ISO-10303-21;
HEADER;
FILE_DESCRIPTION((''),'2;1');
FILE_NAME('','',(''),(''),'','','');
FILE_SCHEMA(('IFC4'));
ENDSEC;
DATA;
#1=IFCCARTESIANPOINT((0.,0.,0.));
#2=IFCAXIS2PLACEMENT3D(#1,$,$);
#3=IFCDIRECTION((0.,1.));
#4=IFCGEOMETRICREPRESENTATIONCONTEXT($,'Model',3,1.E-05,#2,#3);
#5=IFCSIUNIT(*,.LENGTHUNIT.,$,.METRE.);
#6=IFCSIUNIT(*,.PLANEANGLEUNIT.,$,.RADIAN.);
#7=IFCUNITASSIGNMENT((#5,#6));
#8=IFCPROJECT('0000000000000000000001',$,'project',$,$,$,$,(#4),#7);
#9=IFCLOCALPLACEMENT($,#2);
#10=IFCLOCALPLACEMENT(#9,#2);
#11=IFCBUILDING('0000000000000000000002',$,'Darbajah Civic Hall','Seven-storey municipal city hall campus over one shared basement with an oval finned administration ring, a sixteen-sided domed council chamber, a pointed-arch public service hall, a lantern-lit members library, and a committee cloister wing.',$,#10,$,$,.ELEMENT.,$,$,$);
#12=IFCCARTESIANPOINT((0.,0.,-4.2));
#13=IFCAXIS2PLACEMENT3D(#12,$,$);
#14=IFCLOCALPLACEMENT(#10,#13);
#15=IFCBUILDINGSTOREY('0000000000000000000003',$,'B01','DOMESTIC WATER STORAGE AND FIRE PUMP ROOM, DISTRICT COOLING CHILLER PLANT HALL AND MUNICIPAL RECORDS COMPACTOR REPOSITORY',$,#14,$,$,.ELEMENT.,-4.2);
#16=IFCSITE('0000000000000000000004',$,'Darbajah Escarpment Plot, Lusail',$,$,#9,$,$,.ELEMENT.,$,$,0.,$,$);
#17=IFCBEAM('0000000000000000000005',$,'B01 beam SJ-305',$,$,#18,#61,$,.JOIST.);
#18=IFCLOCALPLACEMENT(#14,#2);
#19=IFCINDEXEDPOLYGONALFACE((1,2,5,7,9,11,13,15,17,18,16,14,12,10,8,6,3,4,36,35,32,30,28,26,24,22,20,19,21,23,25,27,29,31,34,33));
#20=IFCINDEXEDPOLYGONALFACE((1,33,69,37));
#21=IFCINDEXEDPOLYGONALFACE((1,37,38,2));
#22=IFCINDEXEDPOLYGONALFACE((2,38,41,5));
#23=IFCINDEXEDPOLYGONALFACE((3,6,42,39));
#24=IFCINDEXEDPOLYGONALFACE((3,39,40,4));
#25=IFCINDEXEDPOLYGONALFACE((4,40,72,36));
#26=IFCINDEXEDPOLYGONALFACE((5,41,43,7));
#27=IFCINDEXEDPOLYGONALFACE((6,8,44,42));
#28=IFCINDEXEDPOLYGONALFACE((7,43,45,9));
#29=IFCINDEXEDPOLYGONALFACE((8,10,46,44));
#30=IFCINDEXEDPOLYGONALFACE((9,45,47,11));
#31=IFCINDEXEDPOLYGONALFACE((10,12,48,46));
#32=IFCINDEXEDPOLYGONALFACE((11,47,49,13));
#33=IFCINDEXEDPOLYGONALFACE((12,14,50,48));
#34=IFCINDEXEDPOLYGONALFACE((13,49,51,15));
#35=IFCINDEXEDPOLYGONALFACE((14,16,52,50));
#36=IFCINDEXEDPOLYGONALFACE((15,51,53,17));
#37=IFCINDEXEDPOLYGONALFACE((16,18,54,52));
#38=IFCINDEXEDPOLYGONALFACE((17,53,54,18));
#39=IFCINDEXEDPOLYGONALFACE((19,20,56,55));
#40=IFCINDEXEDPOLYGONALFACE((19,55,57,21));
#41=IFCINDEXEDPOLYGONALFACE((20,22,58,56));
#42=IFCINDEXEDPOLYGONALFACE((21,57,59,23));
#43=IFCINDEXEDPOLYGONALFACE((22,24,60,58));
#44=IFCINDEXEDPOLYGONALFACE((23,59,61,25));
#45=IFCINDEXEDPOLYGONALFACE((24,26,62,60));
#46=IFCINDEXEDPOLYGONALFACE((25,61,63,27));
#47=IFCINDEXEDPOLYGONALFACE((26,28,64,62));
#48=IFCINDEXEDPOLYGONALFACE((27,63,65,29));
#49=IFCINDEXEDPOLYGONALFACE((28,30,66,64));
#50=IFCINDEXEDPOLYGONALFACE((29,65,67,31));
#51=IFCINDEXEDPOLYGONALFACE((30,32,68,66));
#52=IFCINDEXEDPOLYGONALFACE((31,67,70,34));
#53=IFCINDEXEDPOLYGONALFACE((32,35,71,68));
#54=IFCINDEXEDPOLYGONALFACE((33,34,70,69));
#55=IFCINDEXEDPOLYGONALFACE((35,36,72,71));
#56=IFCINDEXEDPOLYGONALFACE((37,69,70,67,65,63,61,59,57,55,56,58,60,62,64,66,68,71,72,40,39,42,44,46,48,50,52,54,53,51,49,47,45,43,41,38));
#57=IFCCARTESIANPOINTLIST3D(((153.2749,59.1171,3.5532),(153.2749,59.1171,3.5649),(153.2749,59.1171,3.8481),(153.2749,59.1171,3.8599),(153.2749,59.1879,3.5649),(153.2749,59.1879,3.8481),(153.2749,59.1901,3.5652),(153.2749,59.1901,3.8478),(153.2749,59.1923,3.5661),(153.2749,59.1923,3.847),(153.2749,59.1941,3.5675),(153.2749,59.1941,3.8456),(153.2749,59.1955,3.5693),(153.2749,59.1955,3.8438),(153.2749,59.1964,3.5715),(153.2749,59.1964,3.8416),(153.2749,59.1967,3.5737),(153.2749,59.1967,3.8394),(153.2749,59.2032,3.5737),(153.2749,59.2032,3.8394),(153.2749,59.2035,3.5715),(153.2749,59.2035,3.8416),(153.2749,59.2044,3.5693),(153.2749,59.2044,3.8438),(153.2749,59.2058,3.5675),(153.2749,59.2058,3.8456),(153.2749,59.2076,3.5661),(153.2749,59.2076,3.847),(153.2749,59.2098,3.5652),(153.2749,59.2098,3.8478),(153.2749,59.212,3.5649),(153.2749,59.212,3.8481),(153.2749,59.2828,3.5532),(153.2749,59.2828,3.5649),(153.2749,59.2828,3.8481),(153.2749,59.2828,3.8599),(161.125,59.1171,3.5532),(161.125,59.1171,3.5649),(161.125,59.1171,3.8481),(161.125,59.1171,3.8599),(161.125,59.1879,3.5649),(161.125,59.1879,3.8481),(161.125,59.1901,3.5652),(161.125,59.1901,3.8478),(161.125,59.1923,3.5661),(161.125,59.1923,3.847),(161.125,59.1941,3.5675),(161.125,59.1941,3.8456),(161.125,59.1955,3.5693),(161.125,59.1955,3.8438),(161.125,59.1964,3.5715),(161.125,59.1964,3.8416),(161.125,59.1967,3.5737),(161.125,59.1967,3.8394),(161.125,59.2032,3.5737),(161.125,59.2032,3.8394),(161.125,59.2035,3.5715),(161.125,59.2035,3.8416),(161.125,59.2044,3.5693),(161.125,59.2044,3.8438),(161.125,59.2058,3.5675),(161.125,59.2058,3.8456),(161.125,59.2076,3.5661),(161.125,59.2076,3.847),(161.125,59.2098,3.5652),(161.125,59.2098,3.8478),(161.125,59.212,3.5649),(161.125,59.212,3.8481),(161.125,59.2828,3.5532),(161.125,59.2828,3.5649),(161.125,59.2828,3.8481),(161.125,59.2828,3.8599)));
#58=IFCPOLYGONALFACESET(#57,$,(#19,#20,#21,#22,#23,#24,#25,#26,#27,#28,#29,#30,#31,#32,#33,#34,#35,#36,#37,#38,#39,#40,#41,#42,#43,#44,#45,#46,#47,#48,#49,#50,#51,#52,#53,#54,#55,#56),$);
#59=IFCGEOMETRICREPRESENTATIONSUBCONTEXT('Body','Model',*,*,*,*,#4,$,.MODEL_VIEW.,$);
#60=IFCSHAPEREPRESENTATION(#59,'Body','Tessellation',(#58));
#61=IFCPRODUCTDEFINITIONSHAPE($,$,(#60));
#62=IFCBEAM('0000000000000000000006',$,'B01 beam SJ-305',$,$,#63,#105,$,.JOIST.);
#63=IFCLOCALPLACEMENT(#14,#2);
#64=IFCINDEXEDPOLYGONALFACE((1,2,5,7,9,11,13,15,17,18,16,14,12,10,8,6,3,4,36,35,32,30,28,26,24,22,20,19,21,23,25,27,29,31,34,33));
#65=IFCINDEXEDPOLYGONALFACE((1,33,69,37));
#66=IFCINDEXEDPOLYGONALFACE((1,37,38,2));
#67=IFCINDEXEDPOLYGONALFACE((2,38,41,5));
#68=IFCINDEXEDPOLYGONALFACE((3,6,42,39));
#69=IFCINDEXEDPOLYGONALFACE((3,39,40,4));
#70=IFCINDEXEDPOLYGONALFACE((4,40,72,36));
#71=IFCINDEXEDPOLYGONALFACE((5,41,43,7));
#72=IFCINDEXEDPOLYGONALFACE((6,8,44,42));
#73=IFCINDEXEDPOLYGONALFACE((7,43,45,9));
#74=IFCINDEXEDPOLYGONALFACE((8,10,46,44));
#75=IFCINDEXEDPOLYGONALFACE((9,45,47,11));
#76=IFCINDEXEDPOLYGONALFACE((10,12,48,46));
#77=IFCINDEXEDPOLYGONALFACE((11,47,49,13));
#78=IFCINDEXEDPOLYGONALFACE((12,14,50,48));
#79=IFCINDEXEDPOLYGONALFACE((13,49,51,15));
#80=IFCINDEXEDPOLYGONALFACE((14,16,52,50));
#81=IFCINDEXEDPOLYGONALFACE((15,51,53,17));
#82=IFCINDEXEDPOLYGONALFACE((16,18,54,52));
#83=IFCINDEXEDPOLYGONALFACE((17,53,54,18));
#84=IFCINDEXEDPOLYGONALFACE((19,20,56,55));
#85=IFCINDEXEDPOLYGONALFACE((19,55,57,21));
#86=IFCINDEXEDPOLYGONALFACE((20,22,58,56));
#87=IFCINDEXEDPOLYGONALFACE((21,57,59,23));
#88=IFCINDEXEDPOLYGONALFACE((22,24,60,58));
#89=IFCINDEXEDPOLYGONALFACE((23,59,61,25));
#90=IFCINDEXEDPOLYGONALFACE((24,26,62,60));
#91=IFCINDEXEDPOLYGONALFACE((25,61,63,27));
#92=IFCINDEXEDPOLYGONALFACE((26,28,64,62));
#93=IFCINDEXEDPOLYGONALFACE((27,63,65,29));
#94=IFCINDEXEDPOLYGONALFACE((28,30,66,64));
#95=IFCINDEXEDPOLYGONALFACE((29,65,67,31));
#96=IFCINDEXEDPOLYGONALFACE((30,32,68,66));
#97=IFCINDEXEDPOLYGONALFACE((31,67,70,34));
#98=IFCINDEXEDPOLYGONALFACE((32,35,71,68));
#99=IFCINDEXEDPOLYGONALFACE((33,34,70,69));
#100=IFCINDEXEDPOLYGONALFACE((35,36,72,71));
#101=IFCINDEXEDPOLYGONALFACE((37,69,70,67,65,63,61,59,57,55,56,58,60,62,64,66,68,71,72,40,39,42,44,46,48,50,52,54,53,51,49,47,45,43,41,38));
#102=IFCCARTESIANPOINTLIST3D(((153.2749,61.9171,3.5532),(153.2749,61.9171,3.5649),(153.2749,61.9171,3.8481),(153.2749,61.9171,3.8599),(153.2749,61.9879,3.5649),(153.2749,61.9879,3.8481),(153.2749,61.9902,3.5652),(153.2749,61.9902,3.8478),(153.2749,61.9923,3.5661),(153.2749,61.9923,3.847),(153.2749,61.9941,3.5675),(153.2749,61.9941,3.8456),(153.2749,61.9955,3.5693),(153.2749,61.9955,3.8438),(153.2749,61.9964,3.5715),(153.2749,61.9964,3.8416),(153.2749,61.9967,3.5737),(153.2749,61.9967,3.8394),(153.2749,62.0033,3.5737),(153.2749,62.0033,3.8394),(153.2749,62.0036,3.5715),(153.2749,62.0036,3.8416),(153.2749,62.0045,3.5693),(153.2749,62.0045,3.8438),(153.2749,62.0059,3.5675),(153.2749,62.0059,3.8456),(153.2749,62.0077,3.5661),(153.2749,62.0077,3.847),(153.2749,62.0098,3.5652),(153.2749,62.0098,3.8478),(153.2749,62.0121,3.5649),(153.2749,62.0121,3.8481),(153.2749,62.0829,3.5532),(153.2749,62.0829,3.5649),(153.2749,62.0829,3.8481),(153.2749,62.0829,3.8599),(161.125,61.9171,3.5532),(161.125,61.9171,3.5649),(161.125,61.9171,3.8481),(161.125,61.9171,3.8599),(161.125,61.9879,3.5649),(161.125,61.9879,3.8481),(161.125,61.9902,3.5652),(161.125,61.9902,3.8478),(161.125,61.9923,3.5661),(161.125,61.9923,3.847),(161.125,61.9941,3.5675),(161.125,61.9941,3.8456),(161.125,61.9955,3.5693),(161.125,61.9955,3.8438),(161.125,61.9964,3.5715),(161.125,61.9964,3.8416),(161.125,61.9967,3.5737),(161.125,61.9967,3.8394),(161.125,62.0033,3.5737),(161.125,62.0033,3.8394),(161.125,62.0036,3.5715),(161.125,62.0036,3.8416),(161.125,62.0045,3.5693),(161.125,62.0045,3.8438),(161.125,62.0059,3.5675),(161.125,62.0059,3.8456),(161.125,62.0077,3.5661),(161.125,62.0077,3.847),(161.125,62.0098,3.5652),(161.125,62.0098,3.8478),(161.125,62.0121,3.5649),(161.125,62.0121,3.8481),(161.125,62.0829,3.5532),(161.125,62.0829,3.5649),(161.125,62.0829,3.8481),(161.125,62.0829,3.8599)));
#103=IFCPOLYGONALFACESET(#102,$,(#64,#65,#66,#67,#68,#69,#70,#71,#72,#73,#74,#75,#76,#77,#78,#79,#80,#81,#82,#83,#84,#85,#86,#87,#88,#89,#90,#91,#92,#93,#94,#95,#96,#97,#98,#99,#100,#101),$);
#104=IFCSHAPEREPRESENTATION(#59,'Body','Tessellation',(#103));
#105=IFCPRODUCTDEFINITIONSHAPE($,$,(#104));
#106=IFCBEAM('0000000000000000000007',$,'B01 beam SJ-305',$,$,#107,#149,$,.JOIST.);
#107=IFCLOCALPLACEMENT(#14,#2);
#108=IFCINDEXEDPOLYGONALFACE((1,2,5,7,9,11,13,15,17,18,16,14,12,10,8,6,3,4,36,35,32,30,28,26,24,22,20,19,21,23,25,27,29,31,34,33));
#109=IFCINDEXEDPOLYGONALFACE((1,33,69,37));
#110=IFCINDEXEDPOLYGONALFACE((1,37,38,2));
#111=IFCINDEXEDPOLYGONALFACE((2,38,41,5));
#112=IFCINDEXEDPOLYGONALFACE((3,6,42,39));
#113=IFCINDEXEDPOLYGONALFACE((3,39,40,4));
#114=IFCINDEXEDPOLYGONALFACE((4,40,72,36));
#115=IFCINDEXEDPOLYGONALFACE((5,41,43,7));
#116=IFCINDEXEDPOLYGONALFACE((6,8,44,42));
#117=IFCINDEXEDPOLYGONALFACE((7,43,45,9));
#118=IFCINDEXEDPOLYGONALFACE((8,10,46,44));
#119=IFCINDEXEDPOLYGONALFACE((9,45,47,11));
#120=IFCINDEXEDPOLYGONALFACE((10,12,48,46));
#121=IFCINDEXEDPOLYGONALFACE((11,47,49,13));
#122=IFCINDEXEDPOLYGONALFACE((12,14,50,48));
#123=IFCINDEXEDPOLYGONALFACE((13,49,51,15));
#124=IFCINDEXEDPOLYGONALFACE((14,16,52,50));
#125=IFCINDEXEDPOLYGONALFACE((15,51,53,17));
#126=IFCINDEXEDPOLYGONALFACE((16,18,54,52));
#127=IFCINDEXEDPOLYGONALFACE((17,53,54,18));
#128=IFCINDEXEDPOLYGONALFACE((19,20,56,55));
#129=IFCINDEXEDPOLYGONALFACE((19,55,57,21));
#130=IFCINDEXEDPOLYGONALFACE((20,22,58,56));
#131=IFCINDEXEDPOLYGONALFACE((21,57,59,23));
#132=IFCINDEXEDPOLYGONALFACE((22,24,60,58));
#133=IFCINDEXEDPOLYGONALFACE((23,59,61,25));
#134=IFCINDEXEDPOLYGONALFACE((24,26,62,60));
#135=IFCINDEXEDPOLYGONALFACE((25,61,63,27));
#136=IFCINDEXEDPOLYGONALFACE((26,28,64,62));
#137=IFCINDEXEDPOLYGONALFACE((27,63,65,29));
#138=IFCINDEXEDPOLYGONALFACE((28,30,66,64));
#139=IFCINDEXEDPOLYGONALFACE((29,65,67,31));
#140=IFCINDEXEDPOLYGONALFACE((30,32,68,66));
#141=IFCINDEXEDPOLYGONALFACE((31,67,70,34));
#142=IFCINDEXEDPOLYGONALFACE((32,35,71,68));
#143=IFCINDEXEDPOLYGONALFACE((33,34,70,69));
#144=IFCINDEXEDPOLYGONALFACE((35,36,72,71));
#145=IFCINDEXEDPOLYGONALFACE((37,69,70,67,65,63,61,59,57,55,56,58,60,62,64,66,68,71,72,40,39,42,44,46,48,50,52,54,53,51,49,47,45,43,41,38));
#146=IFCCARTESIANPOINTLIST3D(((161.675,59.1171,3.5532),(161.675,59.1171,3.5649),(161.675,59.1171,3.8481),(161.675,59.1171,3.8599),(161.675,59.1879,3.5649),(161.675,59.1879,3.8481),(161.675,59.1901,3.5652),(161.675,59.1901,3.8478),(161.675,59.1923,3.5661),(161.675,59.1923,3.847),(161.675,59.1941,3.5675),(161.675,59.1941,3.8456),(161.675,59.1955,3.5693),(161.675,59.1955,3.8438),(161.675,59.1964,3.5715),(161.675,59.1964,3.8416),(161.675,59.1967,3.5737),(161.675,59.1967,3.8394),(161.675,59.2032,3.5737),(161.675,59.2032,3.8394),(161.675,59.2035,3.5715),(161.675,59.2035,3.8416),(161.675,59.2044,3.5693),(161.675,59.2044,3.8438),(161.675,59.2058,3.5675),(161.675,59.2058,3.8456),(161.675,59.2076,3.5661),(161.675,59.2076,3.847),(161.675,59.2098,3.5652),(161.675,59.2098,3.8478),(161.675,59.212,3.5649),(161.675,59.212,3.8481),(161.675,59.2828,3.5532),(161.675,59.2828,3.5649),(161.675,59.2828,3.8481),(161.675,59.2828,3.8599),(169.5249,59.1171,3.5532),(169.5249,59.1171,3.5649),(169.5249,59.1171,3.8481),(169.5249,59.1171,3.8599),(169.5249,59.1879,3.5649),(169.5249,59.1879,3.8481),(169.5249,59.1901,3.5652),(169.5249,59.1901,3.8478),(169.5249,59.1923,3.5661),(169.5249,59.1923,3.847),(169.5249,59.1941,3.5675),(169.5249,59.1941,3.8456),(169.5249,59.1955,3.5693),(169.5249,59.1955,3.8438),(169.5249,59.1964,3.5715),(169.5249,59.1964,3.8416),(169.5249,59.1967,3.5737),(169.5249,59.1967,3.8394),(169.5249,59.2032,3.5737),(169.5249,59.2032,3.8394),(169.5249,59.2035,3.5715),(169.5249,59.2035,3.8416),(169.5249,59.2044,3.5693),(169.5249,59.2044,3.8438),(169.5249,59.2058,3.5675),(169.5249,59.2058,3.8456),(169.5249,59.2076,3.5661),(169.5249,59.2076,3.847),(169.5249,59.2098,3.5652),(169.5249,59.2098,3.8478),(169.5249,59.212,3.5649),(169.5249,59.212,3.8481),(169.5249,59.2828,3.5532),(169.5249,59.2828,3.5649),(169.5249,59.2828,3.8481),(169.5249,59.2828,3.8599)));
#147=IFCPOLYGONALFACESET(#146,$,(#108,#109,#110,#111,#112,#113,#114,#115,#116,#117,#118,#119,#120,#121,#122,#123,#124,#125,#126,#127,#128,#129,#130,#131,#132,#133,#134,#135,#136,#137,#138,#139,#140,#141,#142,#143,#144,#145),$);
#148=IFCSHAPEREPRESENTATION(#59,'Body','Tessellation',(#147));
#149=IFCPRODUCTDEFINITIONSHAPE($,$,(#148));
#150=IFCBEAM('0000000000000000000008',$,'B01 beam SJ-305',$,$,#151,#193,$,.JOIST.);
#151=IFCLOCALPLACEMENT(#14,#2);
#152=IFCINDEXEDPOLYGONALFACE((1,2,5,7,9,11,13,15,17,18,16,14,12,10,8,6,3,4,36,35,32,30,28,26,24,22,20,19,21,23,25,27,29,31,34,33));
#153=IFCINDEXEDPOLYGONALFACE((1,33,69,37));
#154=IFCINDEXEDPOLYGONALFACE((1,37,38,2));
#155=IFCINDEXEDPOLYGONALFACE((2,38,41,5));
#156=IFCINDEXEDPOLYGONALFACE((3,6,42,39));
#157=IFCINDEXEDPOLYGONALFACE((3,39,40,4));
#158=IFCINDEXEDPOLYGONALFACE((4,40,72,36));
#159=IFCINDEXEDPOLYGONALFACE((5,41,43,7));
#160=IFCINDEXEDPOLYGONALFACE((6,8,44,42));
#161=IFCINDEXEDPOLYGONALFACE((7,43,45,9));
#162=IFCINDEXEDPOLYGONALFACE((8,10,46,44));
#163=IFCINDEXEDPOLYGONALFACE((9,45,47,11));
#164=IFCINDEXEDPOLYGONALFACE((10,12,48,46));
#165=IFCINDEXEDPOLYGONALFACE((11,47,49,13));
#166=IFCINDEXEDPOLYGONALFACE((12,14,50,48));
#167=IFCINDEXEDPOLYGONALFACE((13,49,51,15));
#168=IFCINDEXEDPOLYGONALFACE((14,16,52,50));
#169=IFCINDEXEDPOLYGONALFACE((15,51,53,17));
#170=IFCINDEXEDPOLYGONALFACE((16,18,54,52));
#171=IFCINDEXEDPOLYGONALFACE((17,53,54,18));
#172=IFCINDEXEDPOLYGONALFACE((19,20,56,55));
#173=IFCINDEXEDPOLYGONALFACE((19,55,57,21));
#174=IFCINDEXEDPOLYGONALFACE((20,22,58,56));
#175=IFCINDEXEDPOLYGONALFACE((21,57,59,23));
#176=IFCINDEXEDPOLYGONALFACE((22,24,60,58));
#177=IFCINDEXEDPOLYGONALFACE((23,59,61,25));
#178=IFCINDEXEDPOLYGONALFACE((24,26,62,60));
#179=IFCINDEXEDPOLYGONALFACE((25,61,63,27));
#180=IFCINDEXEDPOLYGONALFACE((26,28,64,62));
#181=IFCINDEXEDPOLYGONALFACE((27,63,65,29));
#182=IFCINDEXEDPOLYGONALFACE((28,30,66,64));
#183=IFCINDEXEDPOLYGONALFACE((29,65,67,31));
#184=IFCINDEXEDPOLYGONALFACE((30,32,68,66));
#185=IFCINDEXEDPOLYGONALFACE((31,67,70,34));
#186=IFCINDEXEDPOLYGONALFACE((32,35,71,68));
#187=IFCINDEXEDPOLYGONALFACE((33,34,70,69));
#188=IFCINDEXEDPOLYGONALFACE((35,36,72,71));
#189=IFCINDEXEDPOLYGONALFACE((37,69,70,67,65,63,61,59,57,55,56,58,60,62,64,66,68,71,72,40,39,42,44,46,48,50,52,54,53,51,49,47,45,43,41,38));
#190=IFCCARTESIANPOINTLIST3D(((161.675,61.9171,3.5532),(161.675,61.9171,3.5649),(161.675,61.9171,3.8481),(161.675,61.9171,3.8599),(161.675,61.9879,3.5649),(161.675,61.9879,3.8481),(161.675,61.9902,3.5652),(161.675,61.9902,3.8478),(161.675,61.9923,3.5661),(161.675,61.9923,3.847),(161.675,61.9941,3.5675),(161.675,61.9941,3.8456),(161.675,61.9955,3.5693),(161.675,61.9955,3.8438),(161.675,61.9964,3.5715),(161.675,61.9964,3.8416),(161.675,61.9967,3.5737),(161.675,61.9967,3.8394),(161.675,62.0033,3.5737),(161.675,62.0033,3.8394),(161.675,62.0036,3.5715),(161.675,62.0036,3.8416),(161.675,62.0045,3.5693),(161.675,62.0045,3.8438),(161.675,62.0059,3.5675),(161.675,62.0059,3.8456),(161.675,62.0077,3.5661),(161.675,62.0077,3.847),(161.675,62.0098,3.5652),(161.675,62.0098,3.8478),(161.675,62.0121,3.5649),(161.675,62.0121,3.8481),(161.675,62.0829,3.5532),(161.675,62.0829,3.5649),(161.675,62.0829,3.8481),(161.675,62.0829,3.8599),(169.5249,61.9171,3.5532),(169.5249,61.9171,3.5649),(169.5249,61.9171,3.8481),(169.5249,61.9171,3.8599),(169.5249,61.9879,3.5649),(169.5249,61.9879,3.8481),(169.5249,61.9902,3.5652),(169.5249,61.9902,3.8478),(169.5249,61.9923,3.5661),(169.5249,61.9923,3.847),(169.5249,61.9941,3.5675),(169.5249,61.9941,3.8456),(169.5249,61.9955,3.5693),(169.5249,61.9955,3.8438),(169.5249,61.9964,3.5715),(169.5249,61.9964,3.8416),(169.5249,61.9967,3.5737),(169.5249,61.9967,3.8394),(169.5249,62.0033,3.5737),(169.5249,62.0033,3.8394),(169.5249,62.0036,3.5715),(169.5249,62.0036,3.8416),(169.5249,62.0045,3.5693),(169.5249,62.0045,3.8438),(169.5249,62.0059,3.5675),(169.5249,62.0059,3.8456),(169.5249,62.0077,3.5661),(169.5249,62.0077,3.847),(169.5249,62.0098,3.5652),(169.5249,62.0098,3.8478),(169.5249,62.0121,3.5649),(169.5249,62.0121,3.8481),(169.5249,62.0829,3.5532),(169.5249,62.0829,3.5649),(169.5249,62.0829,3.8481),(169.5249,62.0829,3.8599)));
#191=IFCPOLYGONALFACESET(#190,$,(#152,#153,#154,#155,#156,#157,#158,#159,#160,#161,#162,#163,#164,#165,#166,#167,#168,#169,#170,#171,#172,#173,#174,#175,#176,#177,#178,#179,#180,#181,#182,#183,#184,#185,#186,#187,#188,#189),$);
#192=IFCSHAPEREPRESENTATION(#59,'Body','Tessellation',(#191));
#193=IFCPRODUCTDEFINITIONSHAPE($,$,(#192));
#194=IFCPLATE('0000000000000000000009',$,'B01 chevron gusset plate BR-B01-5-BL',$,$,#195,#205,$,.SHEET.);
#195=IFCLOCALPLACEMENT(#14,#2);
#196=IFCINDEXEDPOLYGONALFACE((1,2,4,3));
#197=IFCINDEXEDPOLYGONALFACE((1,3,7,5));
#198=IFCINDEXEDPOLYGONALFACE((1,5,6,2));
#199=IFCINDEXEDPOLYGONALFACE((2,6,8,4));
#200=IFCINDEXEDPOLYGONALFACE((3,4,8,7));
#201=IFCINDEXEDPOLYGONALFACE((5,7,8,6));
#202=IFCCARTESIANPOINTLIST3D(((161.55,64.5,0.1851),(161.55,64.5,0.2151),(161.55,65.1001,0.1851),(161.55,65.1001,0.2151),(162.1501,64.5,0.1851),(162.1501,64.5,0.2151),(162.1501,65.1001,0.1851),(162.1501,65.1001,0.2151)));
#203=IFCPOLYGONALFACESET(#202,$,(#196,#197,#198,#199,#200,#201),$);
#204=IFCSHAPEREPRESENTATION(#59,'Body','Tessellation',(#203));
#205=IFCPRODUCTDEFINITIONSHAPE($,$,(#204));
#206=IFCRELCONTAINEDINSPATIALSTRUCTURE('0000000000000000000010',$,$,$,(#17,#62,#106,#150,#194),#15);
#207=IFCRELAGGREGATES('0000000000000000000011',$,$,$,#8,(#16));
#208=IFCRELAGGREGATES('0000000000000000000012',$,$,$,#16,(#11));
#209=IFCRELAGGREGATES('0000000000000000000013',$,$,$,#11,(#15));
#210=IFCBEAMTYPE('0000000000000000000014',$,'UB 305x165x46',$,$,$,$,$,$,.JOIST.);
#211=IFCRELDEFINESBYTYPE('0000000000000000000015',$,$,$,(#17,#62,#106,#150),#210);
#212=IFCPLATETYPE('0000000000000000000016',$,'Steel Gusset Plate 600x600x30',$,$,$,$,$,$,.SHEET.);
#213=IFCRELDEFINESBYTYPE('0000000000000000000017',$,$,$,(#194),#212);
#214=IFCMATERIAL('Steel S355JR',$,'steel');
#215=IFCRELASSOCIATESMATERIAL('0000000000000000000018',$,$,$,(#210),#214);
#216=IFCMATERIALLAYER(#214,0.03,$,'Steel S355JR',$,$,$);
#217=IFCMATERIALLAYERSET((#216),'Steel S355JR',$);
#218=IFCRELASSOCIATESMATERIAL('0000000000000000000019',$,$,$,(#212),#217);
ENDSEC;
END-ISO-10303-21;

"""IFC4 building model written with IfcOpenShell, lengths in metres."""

from ifc_helpers import new_model, si_unit, direction, frame, origin, origin_2d, place, context, subcontext, project, spatial, rectangle, i_section, extrude, material, layer, layer_set, material_profile, profile_set, type_object, element, save


model = new_model("IFC4")

# Units and contexts
model_context = context("Model", 3, precision=1e-05, world=origin(), true_north=direction((0.0, 1.0)))
body_context = subcontext(model_context, "Body", "Model", "MODEL_VIEW")
ifc_project = project(units=[si_unit("LENGTHUNIT", "METRE"), si_unit("PLANEANGLEUNIT", "RADIAN")], contexts=[model_context])

# Site, building, storey
site_placement = place(None, origin())
site = spatial("IfcSite", under=ifc_project, at=site_placement, Name="Darbajah Escarpment Plot, Lusail", CompositionType="ELEMENT", RefElevation=0.0)
building_placement = place(site_placement, origin())
building = spatial("IfcBuilding", under=site, at=building_placement, Name="Darbajah Civic Hall", Description="Seven-storey municipal city hall campus over one shared basement with an oval finned administration ring, a sixteen-sided domed council chamber, a pointed-arch public service hall, a lantern-lit members library, and a committee cloister wing.", CompositionType="ELEMENT")
storey_placement = place(building_placement, frame((0.0, 0.0, -4.2)))
storey = spatial("IfcBuildingStorey", under=building, at=storey_placement, Name="B01", Description="DOMESTIC WATER STORAGE AND FIRE PUMP ROOM, DISTRICT COOLING CHILLER PLANT HALL AND MUNICIPAL RECORDS COMPACTOR REPOSITORY", CompositionType="ELEMENT", Elevation=-4.2)

# Shared definitions
ifc_material_1 = material(Name="Steel S355JR", Category="steel")

# Beams
ifc_material_profile_1 = material_profile(ifc_material_1, i_section(OverallWidth=0.1658, OverallDepth=0.3066, WebThickness=0.0066, FlangeThickness=0.0117, FilletRadius=0.0088, at=origin_2d()), Name="UB 305x165x46")
ifc_profile_set_1 = profile_set([ifc_material_profile_1], Name="Steel S355JR")
beam_type_1 = type_object("IfcBeamType", Name="UB 305x165x46", PredefinedType="JOIST", material=ifc_profile_set_1)
for number, where, z_axis, x_axis, name in (
    (1, (153.2749, 59.2, 3.7065), (1.0, 0.0, 0.0), (0.0, 1.0, 0.0), "B01 beam SJ-305"),
    (2, (153.2749, 62.0, 3.7065), (1.0, 0.0, 0.0), (0.0, 1.0, 0.0), "B01 beam SJ-305"),
):
    element("IfcBeam", number, at=place(storey_placement, frame(where, z_axis=z_axis, x_axis=x_axis)), inside=storey, type_object=beam_type_1, Name=name, PredefinedType="JOIST", context=body_context, shape_type="SweptSolid", body=[
        extrude(i_section(OverallWidth=0.1658, OverallDepth=0.3066, WebThickness=0.0066, FlangeThickness=0.0117, FilletRadius=0.0088, at=origin_2d()), origin(), (0.0, 0.0, 1.0), 7.8501),
    ])
for number, where, z_axis, x_axis, name in (
    (3, (161.675, 59.2, 3.7065), (1.0, 0.0, 0.0), (0.0, 1.0, 0.0), "B01 beam SJ-305"),
    (4, (161.675, 62.0, 3.7065), (1.0, 0.0, 0.0), (0.0, 1.0, 0.0), "B01 beam SJ-305"),
):
    element("IfcBeam", number, at=place(storey_placement, frame(where, z_axis=z_axis, x_axis=x_axis)), inside=storey, type_object=beam_type_1, Name=name, PredefinedType="JOIST", context=body_context, shape_type="SweptSolid", body=[
        extrude(i_section(OverallWidth=0.1658, OverallDepth=0.3066, WebThickness=0.0066, FlangeThickness=0.0117, FilletRadius=0.0088, at=origin_2d()), origin(), (0.0, 0.0, 1.0), 7.8499),
    ])

# Plate
ifc_layer_1 = layer(ifc_material_1, 0.03, Name="Steel S355JR")
ifc_layer_set_1 = layer_set([ifc_layer_1], Name="Steel S355JR")
plate_type = type_object("IfcPlateType", Name="Steel Gusset Plate 600x600x30", PredefinedType="SHEET", material=ifc_layer_set_1)
plate_placement = place(storey_placement, frame((161.8501, 64.8, 0.1851), z_axis=(0.0, 0.0, 1.0), x_axis=(1.0, 0.0, 0.0)))
element("IfcPlate", 5, at=plate_placement, inside=storey, type_object=plate_type, Name="B01 chevron gusset plate BR-B01-5-BL", PredefinedType="SHEET", context=body_context, shape_type="SweptSolid", body=[
    extrude(rectangle(XDim=0.6001, YDim=0.6001, at=origin_2d()), origin(), (0.0, 0.0, 1.0), 0.03),
])

save(model, "model.ifc")
